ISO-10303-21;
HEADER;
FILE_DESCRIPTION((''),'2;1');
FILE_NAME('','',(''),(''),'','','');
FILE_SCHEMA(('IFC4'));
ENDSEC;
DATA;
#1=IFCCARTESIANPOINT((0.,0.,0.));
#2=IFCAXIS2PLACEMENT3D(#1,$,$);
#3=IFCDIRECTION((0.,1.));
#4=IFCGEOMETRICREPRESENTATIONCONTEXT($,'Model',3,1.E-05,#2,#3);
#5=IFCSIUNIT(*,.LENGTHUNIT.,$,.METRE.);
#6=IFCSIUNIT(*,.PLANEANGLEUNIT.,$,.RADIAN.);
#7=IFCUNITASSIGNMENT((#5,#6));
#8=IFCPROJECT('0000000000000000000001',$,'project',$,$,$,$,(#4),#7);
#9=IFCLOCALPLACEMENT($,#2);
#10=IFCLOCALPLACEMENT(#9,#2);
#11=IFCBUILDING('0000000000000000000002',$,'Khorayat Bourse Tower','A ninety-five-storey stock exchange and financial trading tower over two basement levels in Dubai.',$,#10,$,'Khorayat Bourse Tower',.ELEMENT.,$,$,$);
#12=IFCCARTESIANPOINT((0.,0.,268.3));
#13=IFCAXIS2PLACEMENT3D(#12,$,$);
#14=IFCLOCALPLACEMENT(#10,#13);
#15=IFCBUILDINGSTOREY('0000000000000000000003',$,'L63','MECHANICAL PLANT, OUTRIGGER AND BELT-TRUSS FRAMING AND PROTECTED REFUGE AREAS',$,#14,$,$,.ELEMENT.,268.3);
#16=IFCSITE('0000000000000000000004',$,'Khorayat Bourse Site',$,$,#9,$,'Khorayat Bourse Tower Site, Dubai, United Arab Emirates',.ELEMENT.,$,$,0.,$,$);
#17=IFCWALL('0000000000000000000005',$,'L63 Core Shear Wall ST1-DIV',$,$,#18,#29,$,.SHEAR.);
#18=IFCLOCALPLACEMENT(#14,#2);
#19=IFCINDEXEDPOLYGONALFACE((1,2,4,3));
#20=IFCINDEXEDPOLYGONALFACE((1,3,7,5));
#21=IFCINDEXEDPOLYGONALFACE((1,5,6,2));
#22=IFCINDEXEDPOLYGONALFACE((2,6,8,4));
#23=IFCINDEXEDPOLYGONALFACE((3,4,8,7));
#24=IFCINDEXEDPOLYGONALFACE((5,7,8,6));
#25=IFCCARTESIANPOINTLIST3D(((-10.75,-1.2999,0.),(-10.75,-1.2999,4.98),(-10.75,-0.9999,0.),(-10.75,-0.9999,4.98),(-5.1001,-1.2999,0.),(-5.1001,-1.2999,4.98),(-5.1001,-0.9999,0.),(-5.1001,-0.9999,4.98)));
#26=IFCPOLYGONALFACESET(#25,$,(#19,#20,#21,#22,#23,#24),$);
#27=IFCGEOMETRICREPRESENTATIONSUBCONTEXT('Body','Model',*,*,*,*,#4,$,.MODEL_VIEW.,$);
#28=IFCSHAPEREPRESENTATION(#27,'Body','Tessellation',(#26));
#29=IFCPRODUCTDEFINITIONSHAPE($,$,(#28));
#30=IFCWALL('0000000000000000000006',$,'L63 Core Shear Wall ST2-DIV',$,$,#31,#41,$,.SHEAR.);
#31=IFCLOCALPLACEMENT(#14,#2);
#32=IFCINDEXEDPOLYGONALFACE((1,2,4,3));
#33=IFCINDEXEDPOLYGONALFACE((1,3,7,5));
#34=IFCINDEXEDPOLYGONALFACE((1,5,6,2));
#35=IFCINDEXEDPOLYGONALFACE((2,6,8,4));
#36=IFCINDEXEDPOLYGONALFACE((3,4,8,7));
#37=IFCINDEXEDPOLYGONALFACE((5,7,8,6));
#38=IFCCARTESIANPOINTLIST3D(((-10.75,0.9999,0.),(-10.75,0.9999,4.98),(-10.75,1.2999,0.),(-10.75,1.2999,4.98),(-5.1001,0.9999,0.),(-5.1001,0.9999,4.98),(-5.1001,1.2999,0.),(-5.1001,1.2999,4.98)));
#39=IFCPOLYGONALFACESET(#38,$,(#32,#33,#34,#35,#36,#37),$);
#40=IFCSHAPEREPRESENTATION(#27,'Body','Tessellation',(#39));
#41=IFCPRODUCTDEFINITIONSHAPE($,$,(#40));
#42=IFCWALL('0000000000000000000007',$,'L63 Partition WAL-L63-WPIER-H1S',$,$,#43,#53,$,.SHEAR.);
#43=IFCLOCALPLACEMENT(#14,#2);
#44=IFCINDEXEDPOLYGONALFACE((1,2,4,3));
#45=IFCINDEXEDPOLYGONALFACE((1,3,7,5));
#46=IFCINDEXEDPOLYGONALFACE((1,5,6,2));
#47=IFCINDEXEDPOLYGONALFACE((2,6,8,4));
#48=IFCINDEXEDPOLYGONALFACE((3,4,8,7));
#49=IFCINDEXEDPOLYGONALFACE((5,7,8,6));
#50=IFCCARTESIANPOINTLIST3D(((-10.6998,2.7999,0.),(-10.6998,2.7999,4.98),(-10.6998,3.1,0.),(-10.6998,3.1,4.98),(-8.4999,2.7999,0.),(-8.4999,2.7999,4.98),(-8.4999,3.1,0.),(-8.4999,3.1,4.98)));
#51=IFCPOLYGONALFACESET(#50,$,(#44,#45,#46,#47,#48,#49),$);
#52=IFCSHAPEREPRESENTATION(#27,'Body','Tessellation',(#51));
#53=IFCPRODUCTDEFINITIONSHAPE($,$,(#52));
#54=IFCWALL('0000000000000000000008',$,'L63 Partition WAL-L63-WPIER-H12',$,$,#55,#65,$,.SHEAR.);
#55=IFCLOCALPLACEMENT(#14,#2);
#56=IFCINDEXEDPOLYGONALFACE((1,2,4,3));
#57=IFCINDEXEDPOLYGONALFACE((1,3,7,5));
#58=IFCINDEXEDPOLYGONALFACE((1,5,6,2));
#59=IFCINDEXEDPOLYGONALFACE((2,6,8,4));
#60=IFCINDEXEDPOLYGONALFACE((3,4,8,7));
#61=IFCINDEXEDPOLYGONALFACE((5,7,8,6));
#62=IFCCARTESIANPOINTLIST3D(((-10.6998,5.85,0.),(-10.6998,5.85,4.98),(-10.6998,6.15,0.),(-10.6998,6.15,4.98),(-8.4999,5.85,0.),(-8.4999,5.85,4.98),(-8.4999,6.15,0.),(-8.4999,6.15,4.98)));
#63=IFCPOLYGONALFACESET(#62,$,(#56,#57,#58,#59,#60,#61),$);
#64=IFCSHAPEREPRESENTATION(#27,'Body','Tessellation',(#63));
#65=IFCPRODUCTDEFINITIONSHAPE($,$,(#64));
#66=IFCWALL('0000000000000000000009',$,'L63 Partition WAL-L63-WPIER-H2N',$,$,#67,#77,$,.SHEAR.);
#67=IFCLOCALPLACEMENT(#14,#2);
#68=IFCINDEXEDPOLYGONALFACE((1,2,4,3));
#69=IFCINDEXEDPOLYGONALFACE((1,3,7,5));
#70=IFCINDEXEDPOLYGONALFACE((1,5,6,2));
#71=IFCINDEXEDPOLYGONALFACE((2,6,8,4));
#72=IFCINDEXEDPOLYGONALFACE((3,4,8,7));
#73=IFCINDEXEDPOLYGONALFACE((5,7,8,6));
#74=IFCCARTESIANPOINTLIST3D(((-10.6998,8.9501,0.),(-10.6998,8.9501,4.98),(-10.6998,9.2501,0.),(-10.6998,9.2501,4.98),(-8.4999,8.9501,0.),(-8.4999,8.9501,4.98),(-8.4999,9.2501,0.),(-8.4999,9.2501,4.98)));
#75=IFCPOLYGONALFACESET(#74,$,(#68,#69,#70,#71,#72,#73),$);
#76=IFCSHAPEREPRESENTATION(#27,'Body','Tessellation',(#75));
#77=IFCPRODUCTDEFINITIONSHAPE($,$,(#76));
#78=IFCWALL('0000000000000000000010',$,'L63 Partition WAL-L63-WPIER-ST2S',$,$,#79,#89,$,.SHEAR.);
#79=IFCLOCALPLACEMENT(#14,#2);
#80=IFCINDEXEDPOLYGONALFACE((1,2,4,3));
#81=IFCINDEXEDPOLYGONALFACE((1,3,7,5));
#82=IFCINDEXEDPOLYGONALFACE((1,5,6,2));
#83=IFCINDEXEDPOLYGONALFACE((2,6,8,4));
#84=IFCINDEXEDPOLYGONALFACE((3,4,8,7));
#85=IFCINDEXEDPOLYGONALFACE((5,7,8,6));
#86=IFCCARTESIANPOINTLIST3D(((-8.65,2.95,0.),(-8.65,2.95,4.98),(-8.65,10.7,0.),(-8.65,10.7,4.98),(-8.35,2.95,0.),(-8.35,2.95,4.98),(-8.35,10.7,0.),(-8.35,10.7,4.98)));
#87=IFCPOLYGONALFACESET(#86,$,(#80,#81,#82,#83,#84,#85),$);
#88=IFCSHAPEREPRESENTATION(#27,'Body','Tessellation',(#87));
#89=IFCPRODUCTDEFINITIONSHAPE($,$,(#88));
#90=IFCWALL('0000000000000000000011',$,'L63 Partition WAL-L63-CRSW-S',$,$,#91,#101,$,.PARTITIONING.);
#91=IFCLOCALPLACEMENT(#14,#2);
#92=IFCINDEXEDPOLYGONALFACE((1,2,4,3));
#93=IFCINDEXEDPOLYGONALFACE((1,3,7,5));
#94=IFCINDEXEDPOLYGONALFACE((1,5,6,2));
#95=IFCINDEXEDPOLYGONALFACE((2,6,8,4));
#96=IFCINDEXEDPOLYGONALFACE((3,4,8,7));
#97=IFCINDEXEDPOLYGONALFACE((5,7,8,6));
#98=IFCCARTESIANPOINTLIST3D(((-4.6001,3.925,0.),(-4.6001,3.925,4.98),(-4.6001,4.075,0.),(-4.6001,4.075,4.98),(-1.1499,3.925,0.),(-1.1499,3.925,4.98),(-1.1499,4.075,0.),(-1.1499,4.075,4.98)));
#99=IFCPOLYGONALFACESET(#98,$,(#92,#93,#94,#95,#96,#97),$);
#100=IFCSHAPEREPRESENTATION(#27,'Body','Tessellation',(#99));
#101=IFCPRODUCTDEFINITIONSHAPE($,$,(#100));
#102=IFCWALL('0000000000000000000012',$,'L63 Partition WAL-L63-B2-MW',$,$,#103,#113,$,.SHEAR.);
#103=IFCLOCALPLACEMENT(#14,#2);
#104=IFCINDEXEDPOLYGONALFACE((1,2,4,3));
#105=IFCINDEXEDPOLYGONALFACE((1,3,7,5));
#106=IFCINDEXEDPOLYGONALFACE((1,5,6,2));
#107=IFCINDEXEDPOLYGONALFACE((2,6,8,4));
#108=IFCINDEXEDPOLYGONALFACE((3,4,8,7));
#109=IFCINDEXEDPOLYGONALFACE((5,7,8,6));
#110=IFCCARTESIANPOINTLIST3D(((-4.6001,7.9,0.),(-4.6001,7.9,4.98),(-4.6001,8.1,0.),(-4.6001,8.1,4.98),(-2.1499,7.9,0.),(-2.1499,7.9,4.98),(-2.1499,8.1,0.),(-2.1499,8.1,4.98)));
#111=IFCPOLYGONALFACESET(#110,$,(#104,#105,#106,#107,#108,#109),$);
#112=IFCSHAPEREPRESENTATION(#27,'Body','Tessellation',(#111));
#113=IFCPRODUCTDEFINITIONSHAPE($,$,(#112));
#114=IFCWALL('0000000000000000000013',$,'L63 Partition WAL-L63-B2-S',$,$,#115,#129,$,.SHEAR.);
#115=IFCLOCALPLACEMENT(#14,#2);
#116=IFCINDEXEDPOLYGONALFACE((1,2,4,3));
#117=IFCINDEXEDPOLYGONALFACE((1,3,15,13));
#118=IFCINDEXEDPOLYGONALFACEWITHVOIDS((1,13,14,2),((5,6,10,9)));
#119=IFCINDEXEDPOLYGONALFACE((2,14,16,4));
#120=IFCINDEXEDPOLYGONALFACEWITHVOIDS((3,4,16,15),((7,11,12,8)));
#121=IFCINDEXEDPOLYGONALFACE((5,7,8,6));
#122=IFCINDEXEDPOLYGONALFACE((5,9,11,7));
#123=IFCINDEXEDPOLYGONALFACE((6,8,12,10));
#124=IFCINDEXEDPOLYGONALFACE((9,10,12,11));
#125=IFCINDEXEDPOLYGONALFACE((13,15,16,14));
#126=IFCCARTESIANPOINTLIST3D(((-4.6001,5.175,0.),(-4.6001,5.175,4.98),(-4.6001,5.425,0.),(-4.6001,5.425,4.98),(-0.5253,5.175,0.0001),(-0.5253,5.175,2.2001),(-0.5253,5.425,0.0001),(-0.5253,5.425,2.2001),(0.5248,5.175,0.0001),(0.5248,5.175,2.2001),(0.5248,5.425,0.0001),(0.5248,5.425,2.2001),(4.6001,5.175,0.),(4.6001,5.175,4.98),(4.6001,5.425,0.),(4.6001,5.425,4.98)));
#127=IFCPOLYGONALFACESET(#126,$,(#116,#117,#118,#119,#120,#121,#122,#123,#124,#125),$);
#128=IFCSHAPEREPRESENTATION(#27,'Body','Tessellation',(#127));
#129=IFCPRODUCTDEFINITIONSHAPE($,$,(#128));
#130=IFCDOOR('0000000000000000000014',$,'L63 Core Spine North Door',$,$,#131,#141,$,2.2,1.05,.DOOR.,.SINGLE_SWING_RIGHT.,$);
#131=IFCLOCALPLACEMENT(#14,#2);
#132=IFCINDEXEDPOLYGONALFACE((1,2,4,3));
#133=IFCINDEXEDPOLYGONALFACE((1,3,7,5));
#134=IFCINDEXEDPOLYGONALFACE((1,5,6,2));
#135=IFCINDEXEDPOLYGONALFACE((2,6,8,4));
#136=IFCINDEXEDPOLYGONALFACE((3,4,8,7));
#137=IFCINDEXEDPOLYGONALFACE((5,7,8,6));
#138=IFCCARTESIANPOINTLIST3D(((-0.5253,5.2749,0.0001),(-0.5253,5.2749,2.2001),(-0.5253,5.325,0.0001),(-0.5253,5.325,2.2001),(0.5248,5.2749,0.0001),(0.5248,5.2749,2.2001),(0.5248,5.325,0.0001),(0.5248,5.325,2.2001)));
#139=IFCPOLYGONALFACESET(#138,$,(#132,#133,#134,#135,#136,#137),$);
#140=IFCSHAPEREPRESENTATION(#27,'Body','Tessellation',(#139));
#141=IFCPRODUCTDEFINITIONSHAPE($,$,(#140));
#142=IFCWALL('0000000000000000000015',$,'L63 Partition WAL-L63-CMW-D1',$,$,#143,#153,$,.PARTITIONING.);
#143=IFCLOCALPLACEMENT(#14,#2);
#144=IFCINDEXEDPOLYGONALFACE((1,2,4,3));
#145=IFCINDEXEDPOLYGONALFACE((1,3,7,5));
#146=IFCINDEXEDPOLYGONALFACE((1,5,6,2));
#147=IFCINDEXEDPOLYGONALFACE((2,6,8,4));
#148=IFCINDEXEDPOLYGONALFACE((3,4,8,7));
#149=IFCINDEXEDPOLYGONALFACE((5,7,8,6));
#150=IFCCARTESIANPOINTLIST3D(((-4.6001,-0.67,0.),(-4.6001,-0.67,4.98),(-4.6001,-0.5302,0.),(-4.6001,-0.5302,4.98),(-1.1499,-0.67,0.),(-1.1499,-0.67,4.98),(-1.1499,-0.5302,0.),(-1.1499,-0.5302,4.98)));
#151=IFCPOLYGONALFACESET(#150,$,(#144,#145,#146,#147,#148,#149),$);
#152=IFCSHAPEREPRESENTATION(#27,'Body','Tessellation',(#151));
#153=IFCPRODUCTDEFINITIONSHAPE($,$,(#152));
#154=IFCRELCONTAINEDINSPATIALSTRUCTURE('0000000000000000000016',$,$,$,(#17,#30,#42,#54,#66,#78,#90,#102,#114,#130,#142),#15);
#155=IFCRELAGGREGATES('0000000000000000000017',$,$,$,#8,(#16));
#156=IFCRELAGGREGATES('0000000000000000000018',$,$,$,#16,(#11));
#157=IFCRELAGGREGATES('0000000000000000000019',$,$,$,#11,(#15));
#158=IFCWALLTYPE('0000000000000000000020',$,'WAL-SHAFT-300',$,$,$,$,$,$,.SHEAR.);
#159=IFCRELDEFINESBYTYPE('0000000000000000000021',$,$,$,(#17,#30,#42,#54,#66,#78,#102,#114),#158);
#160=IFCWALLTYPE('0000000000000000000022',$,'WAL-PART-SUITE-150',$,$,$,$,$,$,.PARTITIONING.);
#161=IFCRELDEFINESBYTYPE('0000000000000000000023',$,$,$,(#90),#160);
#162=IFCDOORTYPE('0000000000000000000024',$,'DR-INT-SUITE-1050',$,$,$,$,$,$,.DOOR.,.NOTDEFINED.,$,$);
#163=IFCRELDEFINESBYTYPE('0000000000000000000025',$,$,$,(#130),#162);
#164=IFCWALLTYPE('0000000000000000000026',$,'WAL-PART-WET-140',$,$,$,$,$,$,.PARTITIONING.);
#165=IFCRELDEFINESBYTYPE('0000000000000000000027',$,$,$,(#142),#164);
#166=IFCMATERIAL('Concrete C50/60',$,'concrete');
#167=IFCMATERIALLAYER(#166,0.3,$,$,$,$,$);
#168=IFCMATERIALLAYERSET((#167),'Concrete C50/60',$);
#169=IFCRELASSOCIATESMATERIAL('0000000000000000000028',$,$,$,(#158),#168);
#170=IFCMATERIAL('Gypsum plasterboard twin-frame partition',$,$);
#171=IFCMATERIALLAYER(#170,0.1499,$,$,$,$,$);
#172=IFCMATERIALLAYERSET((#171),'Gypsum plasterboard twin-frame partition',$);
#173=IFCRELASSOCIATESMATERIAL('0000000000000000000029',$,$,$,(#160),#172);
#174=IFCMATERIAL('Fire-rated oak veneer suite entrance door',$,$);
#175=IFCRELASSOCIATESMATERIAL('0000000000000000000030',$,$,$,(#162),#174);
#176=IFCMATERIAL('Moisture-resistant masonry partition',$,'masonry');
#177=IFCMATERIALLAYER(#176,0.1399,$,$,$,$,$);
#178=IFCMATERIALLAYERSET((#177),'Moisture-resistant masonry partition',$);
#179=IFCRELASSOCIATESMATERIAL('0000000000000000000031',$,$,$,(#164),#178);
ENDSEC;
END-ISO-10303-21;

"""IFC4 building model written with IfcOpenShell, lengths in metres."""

from ifc_helpers import new_model, si_unit, direction, frame, frame_2d, origin, place, context, subcontext, project, spatial, rectangle, extrude, source, transform, mapped, material, layer, layer_set, type_object, element, fill, save


model = new_model("IFC4")

# Units and contexts
model_context = context("Model", 3, precision=1e-05, world=origin(), true_north=direction((0.0, 1.0)))
body_context = subcontext(model_context, "Body", "Model", "MODEL_VIEW")
ifc_project = project(units=[si_unit("LENGTHUNIT", "METRE"), si_unit("PLANEANGLEUNIT", "RADIAN")], contexts=[model_context])

# Site, building, storey
site_placement = place(None, origin())
site = spatial("IfcSite", under=ifc_project, at=site_placement, Name="Khorayat Bourse Site", LongName="Khorayat Bourse Tower Site, Dubai, United Arab Emirates", CompositionType="ELEMENT", RefElevation=0.0)
building_placement = place(site_placement, origin())
building = spatial("IfcBuilding", under=site, at=building_placement, Name="Khorayat Bourse Tower", Description="A ninety-five-storey stock exchange and financial trading tower over two basement levels in Dubai.", LongName="Khorayat Bourse Tower", CompositionType="ELEMENT")
storey_placement = place(building_placement, frame((0.0, 0.0, 268.3)))
storey = spatial("IfcBuildingStorey", under=building, at=storey_placement, Name="L63", Description="MECHANICAL PLANT, OUTRIGGER AND BELT-TRUSS FRAMING AND PROTECTED REFUGE AREAS", CompositionType="ELEMENT", Elevation=268.3)

# Walls
ifc_material_1 = material(Name="Concrete C50/60", Category="concrete")
ifc_layer_1 = layer(ifc_material_1, 0.3)
ifc_layer_set_1 = layer_set([ifc_layer_1], Name="Concrete C50/60")
wall_type_1 = type_object("IfcWallType", Name="WAL-SHAFT-300", PredefinedType="SHEAR", material=ifc_layer_set_1)
shared_shape_1 = source(origin(), body_context, "Body", "SweptSolid", [
    extrude(rectangle(XDim=5.6499, YDim=0.3, at=frame_2d((2.825, 0.0))), origin(), (0.0, 0.0, 1.0), 4.98),
])
for number, where, z_axis, x_axis, name in (
    (1, (-10.75, -1.1499, 0.0), (0.0, 0.0, 1.0), (1.0, 0.0, 0.0), "L63 Core Shear Wall ST1-DIV"),
    (2, (-10.75, 1.1499, 0.0), (0.0, 0.0, 1.0), (1.0, 0.0, 0.0), "L63 Core Shear Wall ST2-DIV"),
):
    element("IfcWall", number, at=place(storey_placement, frame(where, z_axis=z_axis, x_axis=x_axis)), inside=storey, type_object=wall_type_1, Name=name, PredefinedType="SHEAR", context=body_context, shape_type="MappedRepresentation", body=[
        mapped(shared_shape_1, transform((0.0, 0.0, 0.0), scale=1.0)),
    ])
shared_shape_2 = source(origin(), body_context, "Body", "SweptSolid", [
    extrude(rectangle(XDim=2.2, YDim=0.3, at=frame_2d((1.1001, 0.0))), origin(), (0.0, 0.0, 1.0), 4.98),
])
for number, where, z_axis, x_axis, name in (
    (3, (-10.7, 2.95, 0.0), (0.0, 0.0, 1.0), (1.0, 0.0, 0.0), "L63 Partition WAL-L63-WPIER-H1S"),
    (4, (-10.7, 6.0, 0.0), (0.0, 0.0, 1.0), (1.0, 0.0, 0.0), "L63 Partition WAL-L63-WPIER-H12"),
    (5, (-10.7, 9.1001, 0.0), (0.0, 0.0, 1.0), (1.0, 0.0, 0.0), "L63 Partition WAL-L63-WPIER-H2N"),
):
    element("IfcWall", number, at=place(storey_placement, frame(where, z_axis=z_axis, x_axis=x_axis)), inside=storey, type_object=wall_type_1, Name=name, PredefinedType="SHEAR", context=body_context, shape_type="MappedRepresentation", body=[
        mapped(shared_shape_2, transform((0.0, 0.0, 0.0), scale=1.0)),
    ])
shared_shape_3 = source(origin(), body_context, "Body", "SweptSolid", [
    extrude(rectangle(XDim=7.75, YDim=0.3, at=frame_2d((3.875, 0.0))), origin(), (0.0, 0.0, 1.0), 4.98),
])
wall_1_placement = place(storey_placement, frame((-8.5, 2.95, 0.0), z_axis=(0.0, 0.0, 1.0), x_axis=(0.0, 1.0, 0.0)))
element("IfcWall", 6, at=wall_1_placement, inside=storey, type_object=wall_type_1, Name="L63 Partition WAL-L63-WPIER-ST2S", PredefinedType="SHEAR", context=body_context, shape_type="MappedRepresentation", body=[
    mapped(shared_shape_3, transform((0.0, 0.0, 0.0), scale=1.0)),
])
ifc_material_2 = material(Name="Gypsum plasterboard twin-frame partition")
ifc_layer_2 = layer(ifc_material_2, 0.1499)
ifc_layer_set_2 = layer_set([ifc_layer_2], Name="Gypsum plasterboard twin-frame partition")
wall_type_2 = type_object("IfcWallType", Name="WAL-PART-SUITE-150", PredefinedType="PARTITIONING", material=ifc_layer_set_2)
shared_shape_4 = source(origin(), body_context, "Body", "SweptSolid", [
    extrude(rectangle(XDim=3.4502, YDim=0.1499, at=frame_2d((1.7251, 0.0))), origin(), (0.0, 0.0, 1.0), 4.98),
])
wall_2_placement = place(storey_placement, frame((-4.6001, 4.0, 0.0), z_axis=(0.0, 0.0, 1.0), x_axis=(1.0, 0.0, 0.0)))
element("IfcWall", 7, at=wall_2_placement, inside=storey, type_object=wall_type_2, Name="L63 Partition WAL-L63-CRSW-S", PredefinedType="PARTITIONING", context=body_context, shape_type="MappedRepresentation", body=[
    mapped(shared_shape_4, transform((0.0, 0.0, 0.0), scale=1.0)),
])
shared_shape_5 = source(origin(), body_context, "Body", "SweptSolid", [
    extrude(rectangle(XDim=2.4502, YDim=0.2, at=frame_2d((1.2251, 0.0))), origin(), (0.0, 0.0, 1.0), 4.98),
])
wall_3_placement = place(storey_placement, frame((-4.6001, 8.0, 0.0), z_axis=(0.0, 0.0, 1.0), x_axis=(1.0, 0.0, 0.0)))
element("IfcWall", 8, at=wall_3_placement, inside=storey, type_object=wall_type_1, Name="L63 Partition WAL-L63-B2-MW", PredefinedType="SHEAR", context=body_context, shape_type="MappedRepresentation", body=[
    mapped(shared_shape_5, transform((0.0, 0.0, 0.0), scale=1.0)),
])

# Wall, opening, door
shared_shape_6 = source(origin(), body_context, "Body", "SweptSolid", [
    extrude(rectangle(XDim=9.2002, YDim=0.25, at=frame_2d((4.6001, 0.0))), origin(), (0.0, 0.0, 1.0), 4.98),
])
wall_4_placement = place(storey_placement, frame((-4.6001, 5.3, 0.0), z_axis=(0.0, 0.0, 1.0), x_axis=(1.0, 0.0, 0.0)))
wall_4 = element("IfcWall", 9, at=wall_4_placement, inside=storey, type_object=wall_type_1, Name="L63 Partition WAL-L63-B2-S", PredefinedType="SHEAR", context=body_context, shape_type="MappedRepresentation", body=[
    mapped(shared_shape_6, transform((0.0, 0.0, 0.0), scale=1.0)),
])
shared_shape_7 = source(origin(), body_context, "Body", "SweptSolid", [
    extrude(rectangle(XDim=1.05, YDim=2.2, at=frame_2d((0.5249, 1.1001))), frame((0.0, 0.135, 0.0), z_axis=(0.0, -1.0, 0.0), x_axis=(1.0, 0.0, 0.0)), (0.0, 0.0, 1.0), 0.27),
])
opening_placement = place(wall_4_placement, frame((4.075, 0.0, 0.0)))
opening = element("IfcOpeningElement", 10, at=opening_placement, cuts=wall_4, PredefinedType="OPENING", context=body_context, shape_type="MappedRepresentation", body=[
    mapped(shared_shape_7, transform((0.0, 0.0, 0.0), scale=1.0)),
])
ifc_material_3 = material(Name="Fire-rated oak veneer suite entrance door")
door_type = type_object("IfcDoorType", Name="DR-INT-SUITE-1050", OperationType="NOTDEFINED", PredefinedType="DOOR", material=ifc_material_3)
shared_shape_8 = source(origin(), body_context, "Body", "SweptSolid", [
    extrude(rectangle(XDim=1.05, YDim=2.2, at=frame_2d((0.5249, 1.1001))), frame((0.0, 0.0249, 0.0), z_axis=(0.0, -1.0, 0.0), x_axis=(1.0, 0.0, 0.0)), (0.0, 0.0, 1.0), 0.05),
])
door_placement = place(opening_placement, origin())
door = element("IfcDoor", 11, at=door_placement, inside=storey, type_object=door_type, Name="L63 Core Spine North Door", OperationType="SINGLE_SWING_RIGHT", OverallHeight=2.2, OverallWidth=1.05, PredefinedType="DOOR", context=body_context, shape_type="MappedRepresentation", body=[
    mapped(shared_shape_8, transform((0.0, 0.0, 0.0), scale=1.0)),
])
fill(opening, door)

# Wall
ifc_material_4 = material(Name="Moisture-resistant masonry partition", Category="masonry")
ifc_layer_3 = layer(ifc_material_4, 0.1399)
ifc_layer_set_3 = layer_set([ifc_layer_3], Name="Moisture-resistant masonry partition")
wall_type_3 = type_object("IfcWallType", Name="WAL-PART-WET-140", PredefinedType="PARTITIONING", material=ifc_layer_set_3)
shared_shape_9 = source(origin(), body_context, "Body", "SweptSolid", [
    extrude(rectangle(XDim=3.4502, YDim=0.1399, at=frame_2d((1.7251, 0.0))), origin(), (0.0, 0.0, 1.0), 4.98),
])
wall_5_placement = place(storey_placement, frame((-4.6001, -0.6001, 0.0), z_axis=(0.0, 0.0, 1.0), x_axis=(1.0, 0.0, 0.0)))
element("IfcWall", 12, at=wall_5_placement, inside=storey, type_object=wall_type_3, Name="L63 Partition WAL-L63-CMW-D1", PredefinedType="PARTITIONING", context=body_context, shape_type="MappedRepresentation", body=[
    mapped(shared_shape_9, transform((0.0, 0.0, 0.0), scale=1.0)),
])

save(model, "model.ifc")
